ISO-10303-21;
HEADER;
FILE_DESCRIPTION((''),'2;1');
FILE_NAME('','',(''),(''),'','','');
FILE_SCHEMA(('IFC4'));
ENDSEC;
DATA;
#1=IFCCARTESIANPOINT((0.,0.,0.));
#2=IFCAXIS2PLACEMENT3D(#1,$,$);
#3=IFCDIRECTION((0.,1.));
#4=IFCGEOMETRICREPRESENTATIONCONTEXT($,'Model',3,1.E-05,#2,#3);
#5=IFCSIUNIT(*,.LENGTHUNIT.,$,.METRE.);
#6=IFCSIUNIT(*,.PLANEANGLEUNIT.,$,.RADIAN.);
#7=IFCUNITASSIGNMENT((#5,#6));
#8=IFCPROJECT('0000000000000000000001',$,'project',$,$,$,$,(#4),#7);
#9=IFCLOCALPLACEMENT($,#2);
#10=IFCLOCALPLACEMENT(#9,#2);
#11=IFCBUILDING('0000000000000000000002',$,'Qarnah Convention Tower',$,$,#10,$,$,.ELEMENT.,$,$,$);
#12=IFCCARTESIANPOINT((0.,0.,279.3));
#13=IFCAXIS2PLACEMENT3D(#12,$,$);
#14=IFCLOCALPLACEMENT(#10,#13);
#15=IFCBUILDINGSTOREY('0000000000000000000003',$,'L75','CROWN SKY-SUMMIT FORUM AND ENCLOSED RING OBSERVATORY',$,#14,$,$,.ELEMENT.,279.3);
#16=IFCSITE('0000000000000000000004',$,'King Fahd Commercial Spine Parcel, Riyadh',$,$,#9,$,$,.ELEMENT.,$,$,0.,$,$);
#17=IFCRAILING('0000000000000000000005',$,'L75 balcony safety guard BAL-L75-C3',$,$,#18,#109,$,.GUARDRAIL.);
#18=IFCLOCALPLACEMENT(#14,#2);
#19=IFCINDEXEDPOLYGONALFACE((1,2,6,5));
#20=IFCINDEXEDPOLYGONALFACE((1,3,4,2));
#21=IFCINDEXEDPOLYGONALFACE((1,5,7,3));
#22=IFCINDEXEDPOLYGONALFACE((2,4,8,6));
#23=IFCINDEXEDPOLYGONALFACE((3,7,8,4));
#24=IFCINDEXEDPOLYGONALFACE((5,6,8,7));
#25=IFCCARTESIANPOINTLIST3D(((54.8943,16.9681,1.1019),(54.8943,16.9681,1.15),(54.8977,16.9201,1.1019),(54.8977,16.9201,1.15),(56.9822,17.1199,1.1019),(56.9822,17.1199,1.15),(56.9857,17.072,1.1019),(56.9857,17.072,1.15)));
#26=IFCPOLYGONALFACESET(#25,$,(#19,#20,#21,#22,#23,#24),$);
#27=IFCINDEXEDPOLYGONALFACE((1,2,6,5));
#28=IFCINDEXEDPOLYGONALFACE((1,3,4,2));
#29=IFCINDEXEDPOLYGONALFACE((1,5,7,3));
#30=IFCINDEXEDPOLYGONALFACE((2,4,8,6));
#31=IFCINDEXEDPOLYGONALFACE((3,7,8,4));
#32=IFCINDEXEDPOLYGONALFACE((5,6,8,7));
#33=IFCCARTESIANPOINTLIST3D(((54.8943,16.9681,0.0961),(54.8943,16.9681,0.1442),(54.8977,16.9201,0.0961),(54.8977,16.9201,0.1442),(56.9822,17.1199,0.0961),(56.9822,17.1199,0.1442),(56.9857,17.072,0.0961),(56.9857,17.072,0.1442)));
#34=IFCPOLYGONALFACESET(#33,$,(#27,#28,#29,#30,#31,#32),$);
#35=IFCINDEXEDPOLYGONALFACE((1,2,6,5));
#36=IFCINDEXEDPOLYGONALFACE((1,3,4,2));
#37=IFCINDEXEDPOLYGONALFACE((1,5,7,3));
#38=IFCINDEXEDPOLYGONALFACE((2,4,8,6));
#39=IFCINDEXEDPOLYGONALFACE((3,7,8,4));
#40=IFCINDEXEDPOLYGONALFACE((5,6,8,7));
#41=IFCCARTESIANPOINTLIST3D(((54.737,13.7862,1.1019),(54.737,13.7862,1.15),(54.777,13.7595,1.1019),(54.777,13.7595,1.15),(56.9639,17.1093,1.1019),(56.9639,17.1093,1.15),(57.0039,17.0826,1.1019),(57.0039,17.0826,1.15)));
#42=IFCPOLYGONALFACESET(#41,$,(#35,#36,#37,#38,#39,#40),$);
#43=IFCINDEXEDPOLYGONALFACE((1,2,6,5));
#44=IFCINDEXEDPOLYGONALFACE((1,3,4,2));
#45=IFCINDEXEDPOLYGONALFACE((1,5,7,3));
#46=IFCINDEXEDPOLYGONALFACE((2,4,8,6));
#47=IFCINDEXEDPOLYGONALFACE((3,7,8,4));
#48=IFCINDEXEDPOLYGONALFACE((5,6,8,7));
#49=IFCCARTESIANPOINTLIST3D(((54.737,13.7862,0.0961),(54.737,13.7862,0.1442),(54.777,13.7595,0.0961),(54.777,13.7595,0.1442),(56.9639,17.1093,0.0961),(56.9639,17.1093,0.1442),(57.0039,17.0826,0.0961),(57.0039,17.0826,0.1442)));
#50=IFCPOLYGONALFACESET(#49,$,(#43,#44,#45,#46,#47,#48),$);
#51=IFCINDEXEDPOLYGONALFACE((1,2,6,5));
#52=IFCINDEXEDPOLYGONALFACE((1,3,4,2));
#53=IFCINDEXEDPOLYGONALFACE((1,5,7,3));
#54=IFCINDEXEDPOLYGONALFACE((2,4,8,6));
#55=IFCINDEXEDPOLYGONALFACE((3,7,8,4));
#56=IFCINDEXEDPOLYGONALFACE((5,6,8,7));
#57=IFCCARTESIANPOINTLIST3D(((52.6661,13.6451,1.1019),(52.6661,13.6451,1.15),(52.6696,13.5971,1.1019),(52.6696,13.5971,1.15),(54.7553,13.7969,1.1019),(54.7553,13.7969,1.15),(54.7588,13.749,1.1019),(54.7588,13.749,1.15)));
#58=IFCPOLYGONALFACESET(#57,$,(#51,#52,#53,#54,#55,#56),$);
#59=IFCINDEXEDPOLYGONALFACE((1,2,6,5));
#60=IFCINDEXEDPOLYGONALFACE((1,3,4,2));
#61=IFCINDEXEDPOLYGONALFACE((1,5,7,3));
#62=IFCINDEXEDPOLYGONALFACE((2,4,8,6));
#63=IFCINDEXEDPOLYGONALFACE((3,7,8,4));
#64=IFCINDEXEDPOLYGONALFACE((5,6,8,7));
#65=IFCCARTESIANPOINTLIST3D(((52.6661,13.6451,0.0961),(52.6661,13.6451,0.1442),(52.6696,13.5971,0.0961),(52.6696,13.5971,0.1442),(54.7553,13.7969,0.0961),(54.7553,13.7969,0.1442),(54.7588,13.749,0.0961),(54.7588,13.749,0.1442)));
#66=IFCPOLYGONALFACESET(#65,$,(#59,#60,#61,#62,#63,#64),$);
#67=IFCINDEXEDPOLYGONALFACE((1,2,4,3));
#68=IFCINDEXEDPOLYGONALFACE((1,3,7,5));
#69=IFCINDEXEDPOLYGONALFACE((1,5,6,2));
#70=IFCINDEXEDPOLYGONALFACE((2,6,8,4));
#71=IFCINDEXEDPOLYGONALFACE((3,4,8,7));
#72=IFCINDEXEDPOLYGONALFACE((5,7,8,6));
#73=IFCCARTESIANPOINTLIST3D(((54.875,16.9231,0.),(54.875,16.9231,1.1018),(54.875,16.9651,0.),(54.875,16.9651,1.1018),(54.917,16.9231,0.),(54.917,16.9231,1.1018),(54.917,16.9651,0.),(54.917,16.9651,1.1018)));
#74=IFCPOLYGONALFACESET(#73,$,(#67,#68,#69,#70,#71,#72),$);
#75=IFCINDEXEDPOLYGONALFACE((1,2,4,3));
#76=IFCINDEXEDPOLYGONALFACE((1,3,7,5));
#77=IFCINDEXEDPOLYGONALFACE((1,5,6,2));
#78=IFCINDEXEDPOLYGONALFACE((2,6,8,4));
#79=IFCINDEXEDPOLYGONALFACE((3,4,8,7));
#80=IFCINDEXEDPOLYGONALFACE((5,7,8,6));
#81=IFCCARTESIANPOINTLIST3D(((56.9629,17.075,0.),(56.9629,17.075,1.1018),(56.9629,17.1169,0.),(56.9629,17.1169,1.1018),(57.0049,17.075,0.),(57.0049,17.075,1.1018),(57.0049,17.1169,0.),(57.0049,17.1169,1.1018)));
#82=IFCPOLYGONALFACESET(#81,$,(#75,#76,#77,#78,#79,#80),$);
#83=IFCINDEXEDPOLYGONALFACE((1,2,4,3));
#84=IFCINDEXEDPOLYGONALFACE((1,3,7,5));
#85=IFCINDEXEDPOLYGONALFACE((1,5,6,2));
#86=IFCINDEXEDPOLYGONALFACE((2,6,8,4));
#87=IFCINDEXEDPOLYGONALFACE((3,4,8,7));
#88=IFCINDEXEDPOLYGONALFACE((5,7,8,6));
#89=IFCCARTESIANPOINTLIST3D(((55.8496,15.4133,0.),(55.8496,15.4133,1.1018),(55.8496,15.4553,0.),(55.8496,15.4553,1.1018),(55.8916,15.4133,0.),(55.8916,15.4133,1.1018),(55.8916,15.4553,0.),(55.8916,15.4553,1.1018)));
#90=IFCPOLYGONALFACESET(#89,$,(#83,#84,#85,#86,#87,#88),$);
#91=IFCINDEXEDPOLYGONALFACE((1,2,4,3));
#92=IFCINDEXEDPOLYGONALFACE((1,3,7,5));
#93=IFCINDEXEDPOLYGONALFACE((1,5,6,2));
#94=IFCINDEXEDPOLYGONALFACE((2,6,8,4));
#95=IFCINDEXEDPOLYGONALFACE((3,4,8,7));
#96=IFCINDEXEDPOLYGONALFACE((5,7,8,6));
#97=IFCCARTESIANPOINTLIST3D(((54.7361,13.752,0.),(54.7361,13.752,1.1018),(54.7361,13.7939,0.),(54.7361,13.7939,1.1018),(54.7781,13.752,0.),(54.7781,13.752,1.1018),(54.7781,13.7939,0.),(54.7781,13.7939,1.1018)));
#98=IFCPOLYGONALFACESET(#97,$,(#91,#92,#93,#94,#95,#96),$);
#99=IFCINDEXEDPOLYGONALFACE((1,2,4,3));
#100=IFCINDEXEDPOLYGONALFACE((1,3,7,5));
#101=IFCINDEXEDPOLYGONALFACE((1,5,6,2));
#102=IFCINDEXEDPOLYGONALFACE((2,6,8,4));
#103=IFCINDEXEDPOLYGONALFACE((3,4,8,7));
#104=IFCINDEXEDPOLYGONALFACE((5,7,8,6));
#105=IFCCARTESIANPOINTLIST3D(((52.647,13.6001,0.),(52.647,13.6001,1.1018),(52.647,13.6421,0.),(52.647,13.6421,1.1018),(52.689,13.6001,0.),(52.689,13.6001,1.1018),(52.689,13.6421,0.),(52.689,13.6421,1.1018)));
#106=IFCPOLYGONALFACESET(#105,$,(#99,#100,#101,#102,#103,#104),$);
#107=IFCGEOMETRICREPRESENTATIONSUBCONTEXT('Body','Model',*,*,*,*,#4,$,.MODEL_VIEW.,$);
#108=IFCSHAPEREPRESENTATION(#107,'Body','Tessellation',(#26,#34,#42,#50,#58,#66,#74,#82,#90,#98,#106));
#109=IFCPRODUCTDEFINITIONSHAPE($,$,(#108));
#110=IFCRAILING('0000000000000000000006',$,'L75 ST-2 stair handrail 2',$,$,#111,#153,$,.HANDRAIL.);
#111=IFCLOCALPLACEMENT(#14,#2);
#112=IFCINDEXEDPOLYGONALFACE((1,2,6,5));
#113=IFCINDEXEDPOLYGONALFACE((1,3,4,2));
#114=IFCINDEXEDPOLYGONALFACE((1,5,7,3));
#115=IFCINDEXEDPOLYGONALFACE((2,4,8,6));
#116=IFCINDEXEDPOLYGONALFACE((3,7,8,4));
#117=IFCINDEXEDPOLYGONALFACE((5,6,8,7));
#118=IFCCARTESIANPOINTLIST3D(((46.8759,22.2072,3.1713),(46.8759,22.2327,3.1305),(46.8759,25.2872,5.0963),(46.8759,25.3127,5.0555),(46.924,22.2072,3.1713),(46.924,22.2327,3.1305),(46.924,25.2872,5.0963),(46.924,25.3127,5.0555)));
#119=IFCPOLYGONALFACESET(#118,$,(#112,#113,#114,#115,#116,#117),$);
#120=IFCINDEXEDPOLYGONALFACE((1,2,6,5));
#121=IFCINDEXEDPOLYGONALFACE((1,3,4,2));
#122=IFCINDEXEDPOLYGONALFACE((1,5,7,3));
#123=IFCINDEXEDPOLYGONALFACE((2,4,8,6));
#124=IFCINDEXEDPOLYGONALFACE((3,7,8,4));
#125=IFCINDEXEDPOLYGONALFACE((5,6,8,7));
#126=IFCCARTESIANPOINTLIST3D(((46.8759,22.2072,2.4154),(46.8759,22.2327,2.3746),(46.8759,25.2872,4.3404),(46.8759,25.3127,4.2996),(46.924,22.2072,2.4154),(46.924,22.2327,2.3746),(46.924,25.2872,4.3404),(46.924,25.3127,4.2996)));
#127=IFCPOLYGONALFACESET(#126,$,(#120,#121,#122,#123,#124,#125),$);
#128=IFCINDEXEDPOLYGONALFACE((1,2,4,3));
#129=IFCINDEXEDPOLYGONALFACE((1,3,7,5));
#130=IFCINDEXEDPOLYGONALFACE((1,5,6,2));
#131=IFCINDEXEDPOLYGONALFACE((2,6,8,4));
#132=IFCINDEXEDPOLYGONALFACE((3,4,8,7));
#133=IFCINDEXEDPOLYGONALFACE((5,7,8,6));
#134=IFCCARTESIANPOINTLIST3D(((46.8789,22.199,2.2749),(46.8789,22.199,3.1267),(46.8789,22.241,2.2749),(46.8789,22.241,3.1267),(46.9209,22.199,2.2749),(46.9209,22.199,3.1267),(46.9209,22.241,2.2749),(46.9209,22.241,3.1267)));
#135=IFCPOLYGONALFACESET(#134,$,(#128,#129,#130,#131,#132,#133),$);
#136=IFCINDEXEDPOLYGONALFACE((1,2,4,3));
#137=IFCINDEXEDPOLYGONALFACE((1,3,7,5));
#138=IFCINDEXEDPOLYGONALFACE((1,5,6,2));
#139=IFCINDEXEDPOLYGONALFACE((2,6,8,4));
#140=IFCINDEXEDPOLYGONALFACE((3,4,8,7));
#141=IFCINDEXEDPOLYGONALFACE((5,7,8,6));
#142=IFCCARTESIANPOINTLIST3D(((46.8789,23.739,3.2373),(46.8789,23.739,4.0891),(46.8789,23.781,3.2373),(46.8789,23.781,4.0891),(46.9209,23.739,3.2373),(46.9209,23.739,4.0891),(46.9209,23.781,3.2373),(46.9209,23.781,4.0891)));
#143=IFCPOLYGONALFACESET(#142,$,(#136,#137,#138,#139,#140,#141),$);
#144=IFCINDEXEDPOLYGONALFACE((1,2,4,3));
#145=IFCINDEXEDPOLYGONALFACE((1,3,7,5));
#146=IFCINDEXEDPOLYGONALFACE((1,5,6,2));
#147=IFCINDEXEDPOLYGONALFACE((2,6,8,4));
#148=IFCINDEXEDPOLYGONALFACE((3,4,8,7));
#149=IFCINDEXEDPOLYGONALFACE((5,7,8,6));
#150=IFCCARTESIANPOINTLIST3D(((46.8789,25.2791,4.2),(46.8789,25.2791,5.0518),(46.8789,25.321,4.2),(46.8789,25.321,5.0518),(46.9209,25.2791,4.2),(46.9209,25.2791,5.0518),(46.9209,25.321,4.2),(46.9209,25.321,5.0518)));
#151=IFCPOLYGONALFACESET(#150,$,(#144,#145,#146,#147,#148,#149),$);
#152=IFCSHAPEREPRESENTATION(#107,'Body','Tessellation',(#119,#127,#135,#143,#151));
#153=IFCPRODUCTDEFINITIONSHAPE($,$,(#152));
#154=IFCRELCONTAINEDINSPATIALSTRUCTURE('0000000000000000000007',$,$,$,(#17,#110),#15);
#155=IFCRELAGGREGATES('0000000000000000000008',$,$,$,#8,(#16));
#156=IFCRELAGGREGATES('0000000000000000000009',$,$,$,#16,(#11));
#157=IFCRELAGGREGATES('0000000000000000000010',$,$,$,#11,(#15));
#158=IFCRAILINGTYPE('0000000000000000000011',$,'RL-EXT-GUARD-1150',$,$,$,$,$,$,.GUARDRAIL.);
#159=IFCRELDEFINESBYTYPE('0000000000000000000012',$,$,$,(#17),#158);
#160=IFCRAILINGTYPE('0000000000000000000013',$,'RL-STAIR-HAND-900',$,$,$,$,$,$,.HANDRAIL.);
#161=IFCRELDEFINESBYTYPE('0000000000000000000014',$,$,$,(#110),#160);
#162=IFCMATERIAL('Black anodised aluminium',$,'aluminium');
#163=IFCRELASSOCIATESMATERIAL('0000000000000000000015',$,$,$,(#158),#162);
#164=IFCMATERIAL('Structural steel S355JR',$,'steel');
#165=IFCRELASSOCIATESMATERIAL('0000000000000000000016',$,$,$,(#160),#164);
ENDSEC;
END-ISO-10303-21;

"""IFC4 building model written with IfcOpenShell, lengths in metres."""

from ifc_helpers import new_model, si_unit, direction, frame, origin, origin_2d, place, context, subcontext, project, spatial, rectangle, extrude, material, type_object, element, save


model = new_model("IFC4")

# Units and contexts
model_context = context("Model", 3, precision=1e-05, world=origin(), true_north=direction((0.0, 1.0)))
body_context = subcontext(model_context, "Body", "Model", "MODEL_VIEW")
ifc_project = project(units=[si_unit("LENGTHUNIT", "METRE"), si_unit("PLANEANGLEUNIT", "RADIAN")], contexts=[model_context])

# Site, building, storey
site_placement = place(None, origin())
site = spatial("IfcSite", under=ifc_project, at=site_placement, Name="King Fahd Commercial Spine Parcel, Riyadh", CompositionType="ELEMENT", RefElevation=0.0)
building_placement = place(site_placement, origin())
building = spatial("IfcBuilding", under=site, at=building_placement, Name="Qarnah Convention Tower", CompositionType="ELEMENT")
storey_placement = place(building_placement, frame((0.0, 0.0, 279.3)))
storey = spatial("IfcBuildingStorey", under=building, at=storey_placement, Name="L75", Description="CROWN SKY-SUMMIT FORUM AND ENCLOSED RING OBSERVATORY", CompositionType="ELEMENT", Elevation=279.3)

# Shared definitions
ifc_material_1 = material(Name="Structural steel S355JR", Category="steel")

# Shared definitions
ifc_material_2 = material(Name="Black anodised aluminium", Category="aluminium")

# Railings
railing_type_1 = type_object("IfcRailingType", Name="RL-EXT-GUARD-1150", PredefinedType="GUARDRAIL", material=ifc_material_2)
railing_1_placement = place(storey_placement, frame((54.896, 16.9441, 0.0)))
element("IfcRailing", 1, at=railing_1_placement, inside=storey, type_object=railing_type_1, Name="L75 balcony safety guard BAL-L75-C3", PredefinedType="GUARDRAIL", context=body_context, shape_type="SweptSolid", body=[
    extrude(rectangle(XDim=0.0481, YDim=0.0481, at=origin_2d()), frame((0.0, 0.0, 1.126), z_axis=(0.997366, 0.07254, 0.0), x_axis=(-0.07254, 0.997366, 0.0)), (0.0, 0.0, 1.0), 2.0935),
    extrude(rectangle(XDim=0.0481, YDim=0.0481, at=origin_2d()), frame((0.0, 0.0, 0.1201), z_axis=(0.997366, 0.07254, 0.0), x_axis=(-0.07254, 0.997366, 0.0)), (0.0, 0.0, 1.0), 2.0935),
    extrude(rectangle(XDim=0.0481, YDim=0.0481, at=origin_2d()), frame((2.0879, 0.1519, 1.126), z_axis=(-0.556685, -0.830724, 0.0), x_axis=(0.830724, -0.556685, 0.0)), (0.0, 0.0, 1.0), 4.0002),
    extrude(rectangle(XDim=0.0481, YDim=0.0481, at=origin_2d()), frame((2.0879, 0.1519, 0.1201), z_axis=(-0.556685, -0.830724, 0.0), x_axis=(0.830724, -0.556685, 0.0)), (0.0, 0.0, 1.0), 4.0002),
    extrude(rectangle(XDim=0.0481, YDim=0.0481, at=origin_2d()), frame((-0.1389, -3.1711, 1.126), z_axis=(-0.997369, -0.072498, 0.0), x_axis=(0.072498, -0.997369, 0.0)), (0.0, 0.0, 1.0), 2.0947),
    extrude(rectangle(XDim=0.0481, YDim=0.0481, at=origin_2d()), frame((-0.1389, -3.1711, 0.1201), z_axis=(-0.997369, -0.072498, 0.0), x_axis=(0.072498, -0.997369, 0.0)), (0.0, 0.0, 1.0), 2.0947),
    extrude(rectangle(XDim=0.042, YDim=0.042, at=origin_2d()), origin(), (0.0, 0.0, 1.0), 1.1018),
    extrude(rectangle(XDim=0.042, YDim=0.042, at=origin_2d()), frame((2.0879, 0.1519, 0.0)), (0.0, 0.0, 1.0), 1.1018),
    extrude(rectangle(XDim=0.042, YDim=0.042, at=origin_2d()), frame((0.9746, -1.5098, 0.0)), (0.0, 0.0, 1.0), 1.1018),
    extrude(rectangle(XDim=0.042, YDim=0.042, at=origin_2d()), frame((-0.1389, -3.1711, 0.0)), (0.0, 0.0, 1.0), 1.1018),
    extrude(rectangle(XDim=0.042, YDim=0.042, at=origin_2d()), frame((-2.228, -3.323, 0.0)), (0.0, 0.0, 1.0), 1.1018),
])
railing_type_2 = type_object("IfcRailingType", Name="RL-STAIR-HAND-900", PredefinedType="HANDRAIL", material=ifc_material_1)
railing_2_placement = place(storey_placement, frame((46.8999, 22.22, 2.2749)))
element("IfcRailing", 2, at=railing_2_placement, inside=storey, type_object=railing_type_2, Name="L75 ST-2 stair handrail 2", PredefinedType="HANDRAIL", context=body_context, shape_type="SweptSolid", body=[
    extrude(rectangle(XDim=0.0481, YDim=0.0481, at=origin_2d()), frame((0.0, 0.0, 0.876), z_axis=(0.0, 0.847998, 0.529999), x_axis=(-1.0, 0.0, 0.0)), (0.0, 0.0, 1.0), 3.6321),
    extrude(rectangle(XDim=0.0481, YDim=0.0481, at=origin_2d()), frame((0.0, 0.0, 0.1201), z_axis=(0.0, 0.847998, 0.529999), x_axis=(-1.0, 0.0, 0.0)), (0.0, 0.0, 1.0), 3.6321),
    extrude(rectangle(XDim=0.042, YDim=0.042, at=origin_2d()), origin(), (0.0, 0.0, 1.0), 0.8518),
    extrude(rectangle(XDim=0.042, YDim=0.042, at=origin_2d()), frame((0.0, 1.54, 0.9624)), (0.0, 0.0, 1.0), 0.8518),
    extrude(rectangle(XDim=0.042, YDim=0.042, at=origin_2d()), frame((0.0, 3.0801, 1.925)), (0.0, 0.0, 1.0), 0.8518),
])

save(model, "model.ifc")
